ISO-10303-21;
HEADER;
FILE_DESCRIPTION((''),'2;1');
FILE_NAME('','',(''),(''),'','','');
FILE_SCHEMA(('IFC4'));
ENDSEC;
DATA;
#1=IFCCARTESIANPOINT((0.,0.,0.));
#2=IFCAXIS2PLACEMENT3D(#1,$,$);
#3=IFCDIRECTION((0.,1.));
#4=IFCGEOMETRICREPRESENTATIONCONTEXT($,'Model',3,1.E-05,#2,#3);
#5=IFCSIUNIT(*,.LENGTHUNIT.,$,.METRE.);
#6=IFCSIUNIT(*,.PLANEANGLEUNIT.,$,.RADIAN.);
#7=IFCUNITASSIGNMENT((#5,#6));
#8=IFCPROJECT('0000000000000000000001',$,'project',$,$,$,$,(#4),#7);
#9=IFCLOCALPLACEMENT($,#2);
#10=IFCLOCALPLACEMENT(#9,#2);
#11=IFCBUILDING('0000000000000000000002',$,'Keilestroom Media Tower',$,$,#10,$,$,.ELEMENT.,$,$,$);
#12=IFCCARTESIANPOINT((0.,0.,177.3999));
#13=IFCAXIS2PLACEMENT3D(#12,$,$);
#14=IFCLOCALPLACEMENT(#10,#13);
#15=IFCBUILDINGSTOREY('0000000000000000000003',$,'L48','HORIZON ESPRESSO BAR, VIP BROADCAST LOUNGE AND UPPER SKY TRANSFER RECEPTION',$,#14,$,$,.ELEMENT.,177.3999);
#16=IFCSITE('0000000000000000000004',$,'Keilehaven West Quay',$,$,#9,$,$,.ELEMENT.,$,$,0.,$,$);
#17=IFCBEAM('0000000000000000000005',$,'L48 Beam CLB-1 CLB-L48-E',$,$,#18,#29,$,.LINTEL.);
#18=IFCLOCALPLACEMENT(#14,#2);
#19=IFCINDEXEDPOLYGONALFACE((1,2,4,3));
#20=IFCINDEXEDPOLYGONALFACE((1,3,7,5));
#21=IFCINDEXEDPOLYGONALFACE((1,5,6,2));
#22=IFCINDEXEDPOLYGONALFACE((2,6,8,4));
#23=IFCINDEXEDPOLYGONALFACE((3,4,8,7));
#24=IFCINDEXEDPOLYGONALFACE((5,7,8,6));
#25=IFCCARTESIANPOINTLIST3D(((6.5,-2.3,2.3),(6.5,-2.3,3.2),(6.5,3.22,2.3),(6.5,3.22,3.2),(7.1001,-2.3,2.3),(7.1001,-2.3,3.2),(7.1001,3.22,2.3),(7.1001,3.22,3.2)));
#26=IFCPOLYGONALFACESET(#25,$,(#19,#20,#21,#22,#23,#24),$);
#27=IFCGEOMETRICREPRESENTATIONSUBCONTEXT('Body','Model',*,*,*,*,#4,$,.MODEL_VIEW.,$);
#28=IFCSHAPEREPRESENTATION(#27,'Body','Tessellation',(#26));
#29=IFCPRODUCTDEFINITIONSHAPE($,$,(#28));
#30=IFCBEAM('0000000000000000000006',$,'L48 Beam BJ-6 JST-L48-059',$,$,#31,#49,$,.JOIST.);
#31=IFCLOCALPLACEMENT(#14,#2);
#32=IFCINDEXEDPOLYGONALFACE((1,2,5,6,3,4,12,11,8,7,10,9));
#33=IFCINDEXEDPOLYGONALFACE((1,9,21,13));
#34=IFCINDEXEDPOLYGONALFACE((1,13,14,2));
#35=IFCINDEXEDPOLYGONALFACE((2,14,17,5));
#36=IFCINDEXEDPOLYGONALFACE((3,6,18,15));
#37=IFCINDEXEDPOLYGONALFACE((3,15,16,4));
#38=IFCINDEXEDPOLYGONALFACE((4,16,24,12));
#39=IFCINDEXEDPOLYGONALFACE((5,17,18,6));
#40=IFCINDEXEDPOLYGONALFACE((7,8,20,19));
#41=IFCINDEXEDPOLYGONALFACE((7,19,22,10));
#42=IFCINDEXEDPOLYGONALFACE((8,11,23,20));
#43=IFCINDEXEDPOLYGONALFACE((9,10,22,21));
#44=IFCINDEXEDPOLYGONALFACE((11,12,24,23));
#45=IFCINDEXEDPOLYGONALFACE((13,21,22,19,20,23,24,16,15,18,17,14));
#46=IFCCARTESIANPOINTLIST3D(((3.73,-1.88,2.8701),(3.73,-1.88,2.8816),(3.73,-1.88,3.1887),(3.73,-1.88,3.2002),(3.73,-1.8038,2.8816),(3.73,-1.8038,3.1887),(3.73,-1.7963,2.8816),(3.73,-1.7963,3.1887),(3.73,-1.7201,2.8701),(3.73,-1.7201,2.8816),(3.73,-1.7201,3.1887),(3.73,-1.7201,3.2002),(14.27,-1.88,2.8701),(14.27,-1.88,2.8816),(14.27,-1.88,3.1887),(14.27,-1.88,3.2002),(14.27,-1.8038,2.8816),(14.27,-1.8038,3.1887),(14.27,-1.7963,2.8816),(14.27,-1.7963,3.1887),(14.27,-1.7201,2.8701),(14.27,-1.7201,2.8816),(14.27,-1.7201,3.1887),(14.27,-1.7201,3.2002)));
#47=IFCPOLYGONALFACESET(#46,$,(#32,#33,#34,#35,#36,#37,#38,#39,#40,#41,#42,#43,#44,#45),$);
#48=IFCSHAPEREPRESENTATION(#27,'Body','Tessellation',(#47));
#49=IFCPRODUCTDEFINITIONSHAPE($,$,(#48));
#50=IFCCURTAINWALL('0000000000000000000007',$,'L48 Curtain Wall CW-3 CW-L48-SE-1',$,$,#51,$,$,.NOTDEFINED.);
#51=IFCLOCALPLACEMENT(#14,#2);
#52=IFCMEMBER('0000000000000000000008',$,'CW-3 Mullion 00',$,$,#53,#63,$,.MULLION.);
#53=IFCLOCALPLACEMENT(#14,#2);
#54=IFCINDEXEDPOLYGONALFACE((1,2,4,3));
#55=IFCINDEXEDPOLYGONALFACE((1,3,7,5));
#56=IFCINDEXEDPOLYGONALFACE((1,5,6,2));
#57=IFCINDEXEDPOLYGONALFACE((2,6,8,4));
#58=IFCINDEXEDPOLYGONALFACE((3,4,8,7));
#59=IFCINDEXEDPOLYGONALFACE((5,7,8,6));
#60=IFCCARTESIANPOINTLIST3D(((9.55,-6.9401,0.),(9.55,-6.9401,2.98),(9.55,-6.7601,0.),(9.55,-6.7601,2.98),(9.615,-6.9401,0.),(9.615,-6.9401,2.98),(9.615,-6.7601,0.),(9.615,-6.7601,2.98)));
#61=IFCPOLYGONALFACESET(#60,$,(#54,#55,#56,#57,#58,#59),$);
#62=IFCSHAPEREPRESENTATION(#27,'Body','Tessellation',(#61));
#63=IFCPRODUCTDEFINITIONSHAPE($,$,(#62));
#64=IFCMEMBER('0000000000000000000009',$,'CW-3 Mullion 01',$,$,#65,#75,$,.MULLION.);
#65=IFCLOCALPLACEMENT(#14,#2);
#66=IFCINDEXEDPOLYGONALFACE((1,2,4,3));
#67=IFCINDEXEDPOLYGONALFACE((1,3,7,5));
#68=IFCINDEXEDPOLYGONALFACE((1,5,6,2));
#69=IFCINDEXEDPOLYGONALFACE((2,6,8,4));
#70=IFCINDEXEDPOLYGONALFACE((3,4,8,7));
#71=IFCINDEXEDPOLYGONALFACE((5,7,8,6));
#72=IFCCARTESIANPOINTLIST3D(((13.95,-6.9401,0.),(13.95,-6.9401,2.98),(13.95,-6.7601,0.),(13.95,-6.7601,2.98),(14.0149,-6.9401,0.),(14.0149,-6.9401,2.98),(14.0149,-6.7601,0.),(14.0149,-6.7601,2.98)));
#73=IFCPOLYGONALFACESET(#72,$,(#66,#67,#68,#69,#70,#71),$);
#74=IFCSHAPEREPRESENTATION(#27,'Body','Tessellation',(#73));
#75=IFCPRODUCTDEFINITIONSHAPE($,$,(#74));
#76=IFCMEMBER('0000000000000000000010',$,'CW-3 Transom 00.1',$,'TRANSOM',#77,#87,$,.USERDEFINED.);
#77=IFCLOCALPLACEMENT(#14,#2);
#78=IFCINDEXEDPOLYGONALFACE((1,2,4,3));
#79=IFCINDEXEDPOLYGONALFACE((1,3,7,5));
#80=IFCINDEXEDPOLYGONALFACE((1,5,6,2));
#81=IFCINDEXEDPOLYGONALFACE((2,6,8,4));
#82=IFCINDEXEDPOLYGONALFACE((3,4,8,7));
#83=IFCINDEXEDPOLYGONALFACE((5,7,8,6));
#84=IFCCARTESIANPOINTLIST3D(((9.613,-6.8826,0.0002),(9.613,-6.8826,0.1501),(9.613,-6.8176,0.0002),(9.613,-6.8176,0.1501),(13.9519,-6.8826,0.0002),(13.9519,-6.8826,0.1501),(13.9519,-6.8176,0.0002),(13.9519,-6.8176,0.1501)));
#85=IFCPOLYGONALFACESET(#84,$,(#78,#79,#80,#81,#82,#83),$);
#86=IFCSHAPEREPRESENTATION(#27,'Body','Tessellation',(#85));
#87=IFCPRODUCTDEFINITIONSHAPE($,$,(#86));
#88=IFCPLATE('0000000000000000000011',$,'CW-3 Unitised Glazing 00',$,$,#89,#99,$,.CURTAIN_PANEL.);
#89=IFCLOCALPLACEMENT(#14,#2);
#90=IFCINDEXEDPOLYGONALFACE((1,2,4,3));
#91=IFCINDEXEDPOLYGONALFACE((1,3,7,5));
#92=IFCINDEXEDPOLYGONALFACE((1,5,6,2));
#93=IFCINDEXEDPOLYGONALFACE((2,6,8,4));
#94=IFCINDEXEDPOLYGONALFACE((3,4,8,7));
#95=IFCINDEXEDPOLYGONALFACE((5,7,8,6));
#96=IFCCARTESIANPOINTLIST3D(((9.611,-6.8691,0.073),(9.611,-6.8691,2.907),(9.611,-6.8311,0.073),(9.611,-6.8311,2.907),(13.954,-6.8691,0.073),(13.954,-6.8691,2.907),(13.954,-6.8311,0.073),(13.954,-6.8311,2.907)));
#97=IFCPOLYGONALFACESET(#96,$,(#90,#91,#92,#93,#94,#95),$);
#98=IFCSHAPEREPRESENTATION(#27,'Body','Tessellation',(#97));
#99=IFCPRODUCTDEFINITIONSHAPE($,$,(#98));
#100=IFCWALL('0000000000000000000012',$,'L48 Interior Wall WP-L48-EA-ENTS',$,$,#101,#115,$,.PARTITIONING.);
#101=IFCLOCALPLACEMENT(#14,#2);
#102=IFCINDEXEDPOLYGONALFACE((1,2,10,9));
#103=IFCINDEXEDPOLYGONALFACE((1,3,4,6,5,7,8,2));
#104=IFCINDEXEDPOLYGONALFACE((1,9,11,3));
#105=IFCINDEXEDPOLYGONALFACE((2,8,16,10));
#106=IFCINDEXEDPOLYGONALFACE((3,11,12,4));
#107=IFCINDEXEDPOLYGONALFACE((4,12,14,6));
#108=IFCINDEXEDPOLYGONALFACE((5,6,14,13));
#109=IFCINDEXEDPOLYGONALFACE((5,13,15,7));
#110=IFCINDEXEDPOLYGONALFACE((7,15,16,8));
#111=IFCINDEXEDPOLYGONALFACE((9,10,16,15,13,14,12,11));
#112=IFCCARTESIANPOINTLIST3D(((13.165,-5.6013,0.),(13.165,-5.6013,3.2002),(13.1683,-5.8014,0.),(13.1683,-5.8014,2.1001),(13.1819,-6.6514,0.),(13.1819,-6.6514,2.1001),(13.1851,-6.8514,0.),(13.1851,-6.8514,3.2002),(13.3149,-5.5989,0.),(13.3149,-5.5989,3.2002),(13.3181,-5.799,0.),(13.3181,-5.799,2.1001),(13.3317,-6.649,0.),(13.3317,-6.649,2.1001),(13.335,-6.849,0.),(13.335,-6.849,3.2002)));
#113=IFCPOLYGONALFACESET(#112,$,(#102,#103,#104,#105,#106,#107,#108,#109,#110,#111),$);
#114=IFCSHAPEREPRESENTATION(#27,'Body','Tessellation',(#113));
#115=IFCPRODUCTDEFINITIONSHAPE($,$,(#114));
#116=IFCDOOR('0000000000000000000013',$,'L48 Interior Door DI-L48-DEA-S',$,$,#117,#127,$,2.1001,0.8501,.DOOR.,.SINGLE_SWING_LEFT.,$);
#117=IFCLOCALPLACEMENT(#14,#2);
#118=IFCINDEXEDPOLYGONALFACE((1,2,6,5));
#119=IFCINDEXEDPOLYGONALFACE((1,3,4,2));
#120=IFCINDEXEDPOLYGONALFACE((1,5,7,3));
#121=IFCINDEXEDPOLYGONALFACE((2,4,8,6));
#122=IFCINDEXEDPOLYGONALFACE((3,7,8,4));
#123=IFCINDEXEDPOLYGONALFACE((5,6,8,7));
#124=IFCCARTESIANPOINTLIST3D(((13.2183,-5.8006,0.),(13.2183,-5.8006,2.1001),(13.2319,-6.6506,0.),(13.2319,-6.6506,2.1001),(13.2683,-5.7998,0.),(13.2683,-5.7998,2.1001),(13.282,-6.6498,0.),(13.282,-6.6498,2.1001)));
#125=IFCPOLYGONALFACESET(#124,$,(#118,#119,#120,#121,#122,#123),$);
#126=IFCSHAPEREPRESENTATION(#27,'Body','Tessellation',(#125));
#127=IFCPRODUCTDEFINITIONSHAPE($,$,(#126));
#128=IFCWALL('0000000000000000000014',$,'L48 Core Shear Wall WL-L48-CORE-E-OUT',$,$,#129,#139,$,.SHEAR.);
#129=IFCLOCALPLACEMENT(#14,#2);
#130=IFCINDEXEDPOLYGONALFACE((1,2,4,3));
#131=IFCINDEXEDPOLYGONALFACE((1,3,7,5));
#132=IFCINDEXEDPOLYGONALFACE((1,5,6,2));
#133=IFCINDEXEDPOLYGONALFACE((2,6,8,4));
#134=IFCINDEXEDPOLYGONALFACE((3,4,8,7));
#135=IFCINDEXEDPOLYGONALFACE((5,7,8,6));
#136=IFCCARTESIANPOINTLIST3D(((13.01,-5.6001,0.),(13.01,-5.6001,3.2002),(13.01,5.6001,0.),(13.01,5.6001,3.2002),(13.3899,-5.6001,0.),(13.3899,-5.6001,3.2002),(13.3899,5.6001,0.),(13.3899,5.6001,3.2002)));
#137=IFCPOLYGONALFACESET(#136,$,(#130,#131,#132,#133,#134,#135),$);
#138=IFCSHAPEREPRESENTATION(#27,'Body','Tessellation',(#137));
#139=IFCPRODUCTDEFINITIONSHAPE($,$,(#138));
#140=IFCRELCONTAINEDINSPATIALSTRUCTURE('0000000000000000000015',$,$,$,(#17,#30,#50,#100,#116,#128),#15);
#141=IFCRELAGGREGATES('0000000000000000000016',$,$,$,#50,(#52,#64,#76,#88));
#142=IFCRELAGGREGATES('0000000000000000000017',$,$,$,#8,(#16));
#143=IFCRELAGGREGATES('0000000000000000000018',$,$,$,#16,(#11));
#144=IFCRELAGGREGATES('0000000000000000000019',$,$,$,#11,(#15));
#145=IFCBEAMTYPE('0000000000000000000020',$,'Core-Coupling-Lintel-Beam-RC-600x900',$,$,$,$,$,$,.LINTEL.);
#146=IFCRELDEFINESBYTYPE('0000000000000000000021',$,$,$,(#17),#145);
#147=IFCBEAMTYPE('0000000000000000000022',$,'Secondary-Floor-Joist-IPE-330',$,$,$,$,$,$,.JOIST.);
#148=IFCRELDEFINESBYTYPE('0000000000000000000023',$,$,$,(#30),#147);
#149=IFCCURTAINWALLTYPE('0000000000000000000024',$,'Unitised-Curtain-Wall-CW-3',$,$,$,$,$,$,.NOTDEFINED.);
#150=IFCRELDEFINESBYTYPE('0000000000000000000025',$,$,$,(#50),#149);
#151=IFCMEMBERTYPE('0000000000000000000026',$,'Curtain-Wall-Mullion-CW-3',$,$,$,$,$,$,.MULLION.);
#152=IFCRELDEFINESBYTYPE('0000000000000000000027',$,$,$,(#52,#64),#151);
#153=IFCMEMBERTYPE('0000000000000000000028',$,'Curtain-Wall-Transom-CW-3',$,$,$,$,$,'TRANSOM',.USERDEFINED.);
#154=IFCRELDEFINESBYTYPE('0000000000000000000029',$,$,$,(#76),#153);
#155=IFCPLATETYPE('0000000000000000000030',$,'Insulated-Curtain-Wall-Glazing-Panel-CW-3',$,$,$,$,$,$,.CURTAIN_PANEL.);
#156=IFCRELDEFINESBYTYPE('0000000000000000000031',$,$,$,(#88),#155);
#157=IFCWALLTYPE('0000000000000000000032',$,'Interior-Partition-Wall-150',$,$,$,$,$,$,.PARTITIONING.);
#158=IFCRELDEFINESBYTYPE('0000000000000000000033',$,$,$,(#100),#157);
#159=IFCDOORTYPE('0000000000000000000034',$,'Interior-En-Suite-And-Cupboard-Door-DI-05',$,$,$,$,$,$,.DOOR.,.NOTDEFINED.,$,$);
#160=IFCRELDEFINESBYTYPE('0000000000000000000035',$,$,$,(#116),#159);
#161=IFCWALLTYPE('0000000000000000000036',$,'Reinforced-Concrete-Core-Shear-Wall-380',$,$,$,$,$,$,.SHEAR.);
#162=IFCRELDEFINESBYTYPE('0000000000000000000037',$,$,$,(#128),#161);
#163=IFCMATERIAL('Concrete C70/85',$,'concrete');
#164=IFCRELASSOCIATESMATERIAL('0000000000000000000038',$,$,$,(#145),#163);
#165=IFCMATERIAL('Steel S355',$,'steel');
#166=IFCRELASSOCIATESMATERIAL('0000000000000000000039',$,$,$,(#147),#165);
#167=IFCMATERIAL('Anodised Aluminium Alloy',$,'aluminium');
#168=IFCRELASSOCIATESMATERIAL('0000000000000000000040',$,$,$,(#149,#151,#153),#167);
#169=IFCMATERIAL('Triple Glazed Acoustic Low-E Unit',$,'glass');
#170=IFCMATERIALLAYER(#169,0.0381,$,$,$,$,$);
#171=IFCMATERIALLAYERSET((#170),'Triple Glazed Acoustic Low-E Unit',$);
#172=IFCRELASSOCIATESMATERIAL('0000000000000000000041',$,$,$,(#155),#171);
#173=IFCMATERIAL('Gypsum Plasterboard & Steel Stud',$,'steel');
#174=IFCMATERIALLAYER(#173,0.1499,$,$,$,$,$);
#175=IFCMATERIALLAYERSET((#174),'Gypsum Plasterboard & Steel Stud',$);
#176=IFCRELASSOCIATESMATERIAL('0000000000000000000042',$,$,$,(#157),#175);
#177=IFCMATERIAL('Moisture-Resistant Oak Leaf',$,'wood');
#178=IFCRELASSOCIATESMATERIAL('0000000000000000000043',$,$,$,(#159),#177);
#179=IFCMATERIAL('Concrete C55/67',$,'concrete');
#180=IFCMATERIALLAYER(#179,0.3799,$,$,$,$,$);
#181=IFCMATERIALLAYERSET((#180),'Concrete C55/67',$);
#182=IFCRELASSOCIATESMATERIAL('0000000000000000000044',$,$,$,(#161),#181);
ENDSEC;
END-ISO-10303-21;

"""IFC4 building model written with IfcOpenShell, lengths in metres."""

from ifc_helpers import new_model, si_unit, direction, frame, frame_2d, origin, origin_2d, place, context, subcontext, project, spatial, rectangle, i_section, extrude, source, transform, mapped, material, layer, layer_set, material_profile, profile_set, type_object, element, fill, aggregate, save


model = new_model("IFC4")

# Units and contexts
model_context = context("Model", 3, precision=1e-05, world=origin(), true_north=direction((0.0, 1.0)))
body_context = subcontext(model_context, "Body", "Model", "MODEL_VIEW")
ifc_project = project(units=[si_unit("LENGTHUNIT", "METRE"), si_unit("PLANEANGLEUNIT", "RADIAN")], contexts=[model_context])

# Site, building, storey
site_placement = place(None, origin())
site = spatial("IfcSite", under=ifc_project, at=site_placement, Name="Keilehaven West Quay", CompositionType="ELEMENT", RefElevation=0.0)
building_placement = place(site_placement, origin())
building = spatial("IfcBuilding", under=site, at=building_placement, Name="Keilestroom Media Tower", CompositionType="ELEMENT")
storey_placement = place(building_placement, frame((0.0, 0.0, 177.3999)))
storey = spatial("IfcBuildingStorey", under=building, at=storey_placement, Name="L48", Description="HORIZON ESPRESSO BAR, VIP BROADCAST LOUNGE AND UPPER SKY TRANSFER RECEPTION", CompositionType="ELEMENT", Elevation=177.3999)

# Beams
ifc_material_1 = material(Name="Concrete C70/85", Category="concrete")
ifc_material_profile_1 = material_profile(ifc_material_1, rectangle(XDim=0.6001, YDim=0.8999, at=origin_2d()), Name="RC 600x900")
ifc_profile_set_1 = profile_set([ifc_material_profile_1], Name="Concrete C70/85")
beam_type_1 = type_object("IfcBeamType", Name="Core-Coupling-Lintel-Beam-RC-600x900", PredefinedType="LINTEL", material=ifc_profile_set_1)
shared_shape_1 = source(origin(), body_context, "Body", "SweptSolid", [
    extrude(rectangle(XDim=0.6001, YDim=0.8999, at=origin_2d()), origin(), (0.0, 0.0, 1.0), 5.52),
])
beam_1_placement = place(storey_placement, frame((6.8, -2.3, 2.75), z_axis=(0.0, 1.0, 0.0), x_axis=(-1.0, 0.0, 0.0)))
element("IfcBeam", 1, at=beam_1_placement, inside=storey, type_object=beam_type_1, Name="L48 Beam CLB-1 CLB-L48-E", PredefinedType="LINTEL", context=body_context, shape_type="MappedRepresentation", body=[
    mapped(shared_shape_1, transform((0.0, 0.0, 0.0), x_axis=(1.0, 0.0, 0.0), y_axis=(0.0, 1.0, 0.0), z_axis=(0.0, 0.0, 1.0), scale=1.0)),
])
ifc_material_2 = material(Name="Steel S355", Category="steel")
ifc_material_profile_2 = material_profile(ifc_material_2, i_section(OverallWidth=0.1599, OverallDepth=0.3301, WebThickness=0.0076, FlangeThickness=0.0115, at=origin_2d()), Name="IPE 330")
ifc_profile_set_2 = profile_set([ifc_material_profile_2], Name="Steel S355")
beam_type_2 = type_object("IfcBeamType", Name="Secondary-Floor-Joist-IPE-330", PredefinedType="JOIST", material=ifc_profile_set_2)
shared_shape_2 = source(origin(), body_context, "Body", "SweptSolid", [
    extrude(i_section(OverallWidth=0.1599, OverallDepth=0.3301, WebThickness=0.0076, FlangeThickness=0.0115, at=origin_2d()), origin(), (0.0, 0.0, 1.0), 10.54),
])
beam_2_placement = place(storey_placement, frame((3.73, -1.8, 3.0352), z_axis=(1.0, 0.0, 0.0), x_axis=(0.0, 1.0, 0.0)))
element("IfcBeam", 2, at=beam_2_placement, inside=storey, type_object=beam_type_2, Name="L48 Beam BJ-6 JST-L48-059", PredefinedType="JOIST", context=body_context, shape_type="MappedRepresentation", body=[
    mapped(shared_shape_2, transform((0.0, 0.0, 0.0), x_axis=(1.0, 0.0, 0.0), y_axis=(0.0, 1.0, 0.0), z_axis=(0.0, 0.0, 1.0), scale=1.0)),
])

# Curtain wall, members, plate
ifc_material_3 = material(Name="Anodised Aluminium Alloy", Category="aluminium")
curtain_wall_type = type_object("IfcCurtainWallType", Name="Unitised-Curtain-Wall-CW-3", PredefinedType="NOTDEFINED", material=ifc_material_3)
curtain_wall_placement = place(storey_placement, origin())
curtain_wall = element("IfcCurtainWall", 3, at=curtain_wall_placement, inside=storey, type_object=curtain_wall_type, Name="L48 Curtain Wall CW-3 CW-L48-SE-1", PredefinedType="NOTDEFINED")
ifc_material_profile_3 = material_profile(ifc_material_3, rectangle(XDim=0.0649, YDim=0.1799, at=origin_2d()), Name="ALU MULLION 65x180")
ifc_profile_set_3 = profile_set([ifc_material_profile_3], Name="Anodised Aluminium Alloy")
member_type_1 = type_object("IfcMemberType", Name="Curtain-Wall-Mullion-CW-3", PredefinedType="MULLION", material=ifc_profile_set_3)
shared_shape_3 = source(origin(), body_context, "Body", "SweptSolid", [
    extrude(rectangle(XDim=0.0649, YDim=0.1799, at=origin_2d()), origin(), (0.0, 0.0, 1.0), 2.98),
])
member_1_placement = place(storey_placement, frame((9.5825, -6.8501, 0.0), z_axis=(0.0, 0.0, 1.0), x_axis=(1.0, 0.0, 0.0)))
member_1 = element("IfcMember", 4, at=member_1_placement, type_object=member_type_1, Name="CW-3 Mullion 00", PredefinedType="MULLION", context=body_context, shape_type="MappedRepresentation", body=[
    mapped(shared_shape_3, transform((0.0, 0.0, 0.0), x_axis=(1.0, 0.0, 0.0), y_axis=(0.0, 1.0, 0.0), z_axis=(0.0, 0.0, 1.0), scale=1.0)),
])
member_2_placement = place(storey_placement, frame((13.9824, -6.8501, 0.0), z_axis=(0.0, 0.0, 1.0), x_axis=(1.0, 0.0, 0.0)))
member_2 = element("IfcMember", 5, at=member_2_placement, type_object=member_type_1, Name="CW-3 Mullion 01", PredefinedType="MULLION", context=body_context, shape_type="MappedRepresentation", body=[
    mapped(shared_shape_3, transform((0.0, 0.0, 0.0), x_axis=(1.0, 0.0, 0.0), y_axis=(0.0, 1.0, 0.0), z_axis=(0.0, 0.0, 1.0), scale=1.0)),
])
ifc_material_profile_4 = material_profile(ifc_material_3, rectangle(XDim=0.0649, YDim=0.1499, at=origin_2d()), Name="ALU TRANSOM 65x150")
ifc_profile_set_4 = profile_set([ifc_material_profile_4], Name="Anodised Aluminium Alloy")
member_type_2 = type_object("IfcMemberType", Name="Curtain-Wall-Transom-CW-3", ElementType="TRANSOM", PredefinedType="USERDEFINED", material=ifc_profile_set_4)
shared_shape_4 = source(origin(), body_context, "Body", "SweptSolid", [
    extrude(rectangle(XDim=0.0649, YDim=0.1499, at=origin_2d()), origin(), (0.0, 0.0, 1.0), 4.3389),
])
member_3_placement = place(storey_placement, frame((9.613, -6.8501, 0.0752), z_axis=(1.0, 0.0, 0.0), x_axis=(0.0, 1.0, 0.0)))
member_3 = element("IfcMember", 6, at=member_3_placement, type_object=member_type_2, Name="CW-3 Transom 00.1", ObjectType="TRANSOM", PredefinedType="USERDEFINED", context=body_context, shape_type="MappedRepresentation", body=[
    mapped(shared_shape_4, transform((0.0, 0.0, 0.0), x_axis=(1.0, 0.0, 0.0), y_axis=(0.0, 1.0, 0.0), z_axis=(0.0, 0.0, 1.0), scale=1.0)),
])
ifc_material_4 = material(Name="Triple Glazed Acoustic Low-E Unit", Category="glass")
ifc_layer_1 = layer(ifc_material_4, 0.0381)
ifc_layer_set_1 = layer_set([ifc_layer_1], Name="Triple Glazed Acoustic Low-E Unit")
plate_type = type_object("IfcPlateType", Name="Insulated-Curtain-Wall-Glazing-Panel-CW-3", PredefinedType="CURTAIN_PANEL", material=ifc_layer_set_1)
shared_shape_5 = source(origin(), body_context, "Body", "SweptSolid", [
    extrude(rectangle(XDim=4.343, YDim=0.0381, at=origin_2d()), origin(), (0.0, 0.0, 1.0), 2.834),
])
plate_placement = place(storey_placement, frame((11.7825, -6.8501, 0.073), z_axis=(0.0, 0.0, 1.0), x_axis=(1.0, 0.0, 0.0)))
plate = element("IfcPlate", 7, at=plate_placement, type_object=plate_type, Name="CW-3 Unitised Glazing 00", PredefinedType="CURTAIN_PANEL", context=body_context, shape_type="MappedRepresentation", body=[
    mapped(shared_shape_5, transform((0.0, 0.0, 0.0), x_axis=(1.0, 0.0, 0.0), y_axis=(0.0, 1.0, 0.0), z_axis=(0.0, 0.0, 1.0), scale=1.0)),
])
aggregate(curtain_wall, [member_1, member_2, member_3, plate])

# Wall, opening, door
ifc_material_5 = material(Name="Gypsum Plasterboard & Steel Stud", Category="steel")
ifc_layer_2 = layer(ifc_material_5, 0.1499)
ifc_layer_set_2 = layer_set([ifc_layer_2], Name="Gypsum Plasterboard & Steel Stud")
wall_type_1 = type_object("IfcWallType", Name="Interior-Partition-Wall-150", PredefinedType="PARTITIONING", material=ifc_layer_set_2)
wall_1_placement = place(storey_placement, frame((13.26, -6.8501, 0.0), z_axis=(0.0, 0.0, 1.0), x_axis=(-0.016014, 0.999872, 0.0)))
wall_1 = element("IfcWall", 8, at=wall_1_placement, inside=storey, type_object=wall_type_1, Name="L48 Interior Wall WP-L48-EA-ENTS", PredefinedType="PARTITIONING", context=body_context, shape_type="SweptSolid", body=[
    extrude(rectangle(XDim=1.2502, YDim=0.1499, at=frame_2d((0.625, 0.0))), origin(), (0.0, 0.0, 1.0), 3.2002),
])
opening_1_placement = place(wall_1_placement, frame((0.2, 0.0, 0.0)))
opening_1 = element("IfcOpeningElement", 9, at=opening_1_placement, cuts=wall_1, PredefinedType="OPENING", context=body_context, shape_type="SweptSolid", body=[
    extrude(rectangle(XDim=0.8501, YDim=2.1001, at=frame_2d((0.425, 1.05))), frame((0.0, 0.085, 0.0), z_axis=(0.0, -1.0, 0.0), x_axis=(1.0, 0.0, 0.0)), (0.0, 0.0, 1.0), 0.1699),
])
ifc_material_6 = material(Name="Moisture-Resistant Oak Leaf", Category="wood")
door_type_1 = type_object("IfcDoorType", Name="Interior-En-Suite-And-Cupboard-Door-DI-05", OperationType="NOTDEFINED", PredefinedType="DOOR", material=ifc_material_6)
shared_shape_6 = source(origin(), body_context, "Body", "SweptSolid", [
    extrude(rectangle(XDim=0.8501, YDim=2.1001, at=frame_2d((0.425, 1.05))), frame((0.0, 0.0249, 0.0), z_axis=(0.0, -1.0, 0.0), x_axis=(1.0, 0.0, 0.0)), (0.0, 0.0, 1.0), 0.05),
])
door_1_placement = place(opening_1_placement, origin())
door_1 = element("IfcDoor", 10, at=door_1_placement, inside=storey, type_object=door_type_1, Name="L48 Interior Door DI-L48-DEA-S", OperationType="SINGLE_SWING_LEFT", OverallHeight=2.1001, OverallWidth=0.8501, PredefinedType="DOOR", context=body_context, shape_type="MappedRepresentation", body=[
    mapped(shared_shape_6, transform((0.0, 0.0, 0.0), x_axis=(1.0, 0.0, 0.0), y_axis=(0.0, 1.0, 0.0), z_axis=(0.0, 0.0, 1.0), scale=1.0)),
])
fill(opening_1, door_1)

# Wall
ifc_material_7 = material(Name="Concrete C55/67", Category="concrete")
ifc_layer_3 = layer(ifc_material_7, 0.3799)
ifc_layer_set_3 = layer_set([ifc_layer_3], Name="Concrete C55/67")
wall_type_2 = type_object("IfcWallType", Name="Reinforced-Concrete-Core-Shear-Wall-380", PredefinedType="SHEAR", material=ifc_layer_set_3)
wall_2_placement = place(storey_placement, frame((13.2, -5.6001, 0.0), z_axis=(0.0, 0.0, 1.0), x_axis=(0.0, 1.0, 0.0)))
element("IfcWall", 11, at=wall_2_placement, inside=storey, type_object=wall_type_2, Name="L48 Core Shear Wall WL-L48-CORE-E-OUT", PredefinedType="SHEAR", context=body_context, shape_type="SweptSolid", body=[
    extrude(rectangle(XDim=11.2002, YDim=0.3799, at=frame_2d((5.6001, 0.0))), origin(), (0.0, 0.0, 1.0), 3.2002),
])

save(model, "model.ifc")
